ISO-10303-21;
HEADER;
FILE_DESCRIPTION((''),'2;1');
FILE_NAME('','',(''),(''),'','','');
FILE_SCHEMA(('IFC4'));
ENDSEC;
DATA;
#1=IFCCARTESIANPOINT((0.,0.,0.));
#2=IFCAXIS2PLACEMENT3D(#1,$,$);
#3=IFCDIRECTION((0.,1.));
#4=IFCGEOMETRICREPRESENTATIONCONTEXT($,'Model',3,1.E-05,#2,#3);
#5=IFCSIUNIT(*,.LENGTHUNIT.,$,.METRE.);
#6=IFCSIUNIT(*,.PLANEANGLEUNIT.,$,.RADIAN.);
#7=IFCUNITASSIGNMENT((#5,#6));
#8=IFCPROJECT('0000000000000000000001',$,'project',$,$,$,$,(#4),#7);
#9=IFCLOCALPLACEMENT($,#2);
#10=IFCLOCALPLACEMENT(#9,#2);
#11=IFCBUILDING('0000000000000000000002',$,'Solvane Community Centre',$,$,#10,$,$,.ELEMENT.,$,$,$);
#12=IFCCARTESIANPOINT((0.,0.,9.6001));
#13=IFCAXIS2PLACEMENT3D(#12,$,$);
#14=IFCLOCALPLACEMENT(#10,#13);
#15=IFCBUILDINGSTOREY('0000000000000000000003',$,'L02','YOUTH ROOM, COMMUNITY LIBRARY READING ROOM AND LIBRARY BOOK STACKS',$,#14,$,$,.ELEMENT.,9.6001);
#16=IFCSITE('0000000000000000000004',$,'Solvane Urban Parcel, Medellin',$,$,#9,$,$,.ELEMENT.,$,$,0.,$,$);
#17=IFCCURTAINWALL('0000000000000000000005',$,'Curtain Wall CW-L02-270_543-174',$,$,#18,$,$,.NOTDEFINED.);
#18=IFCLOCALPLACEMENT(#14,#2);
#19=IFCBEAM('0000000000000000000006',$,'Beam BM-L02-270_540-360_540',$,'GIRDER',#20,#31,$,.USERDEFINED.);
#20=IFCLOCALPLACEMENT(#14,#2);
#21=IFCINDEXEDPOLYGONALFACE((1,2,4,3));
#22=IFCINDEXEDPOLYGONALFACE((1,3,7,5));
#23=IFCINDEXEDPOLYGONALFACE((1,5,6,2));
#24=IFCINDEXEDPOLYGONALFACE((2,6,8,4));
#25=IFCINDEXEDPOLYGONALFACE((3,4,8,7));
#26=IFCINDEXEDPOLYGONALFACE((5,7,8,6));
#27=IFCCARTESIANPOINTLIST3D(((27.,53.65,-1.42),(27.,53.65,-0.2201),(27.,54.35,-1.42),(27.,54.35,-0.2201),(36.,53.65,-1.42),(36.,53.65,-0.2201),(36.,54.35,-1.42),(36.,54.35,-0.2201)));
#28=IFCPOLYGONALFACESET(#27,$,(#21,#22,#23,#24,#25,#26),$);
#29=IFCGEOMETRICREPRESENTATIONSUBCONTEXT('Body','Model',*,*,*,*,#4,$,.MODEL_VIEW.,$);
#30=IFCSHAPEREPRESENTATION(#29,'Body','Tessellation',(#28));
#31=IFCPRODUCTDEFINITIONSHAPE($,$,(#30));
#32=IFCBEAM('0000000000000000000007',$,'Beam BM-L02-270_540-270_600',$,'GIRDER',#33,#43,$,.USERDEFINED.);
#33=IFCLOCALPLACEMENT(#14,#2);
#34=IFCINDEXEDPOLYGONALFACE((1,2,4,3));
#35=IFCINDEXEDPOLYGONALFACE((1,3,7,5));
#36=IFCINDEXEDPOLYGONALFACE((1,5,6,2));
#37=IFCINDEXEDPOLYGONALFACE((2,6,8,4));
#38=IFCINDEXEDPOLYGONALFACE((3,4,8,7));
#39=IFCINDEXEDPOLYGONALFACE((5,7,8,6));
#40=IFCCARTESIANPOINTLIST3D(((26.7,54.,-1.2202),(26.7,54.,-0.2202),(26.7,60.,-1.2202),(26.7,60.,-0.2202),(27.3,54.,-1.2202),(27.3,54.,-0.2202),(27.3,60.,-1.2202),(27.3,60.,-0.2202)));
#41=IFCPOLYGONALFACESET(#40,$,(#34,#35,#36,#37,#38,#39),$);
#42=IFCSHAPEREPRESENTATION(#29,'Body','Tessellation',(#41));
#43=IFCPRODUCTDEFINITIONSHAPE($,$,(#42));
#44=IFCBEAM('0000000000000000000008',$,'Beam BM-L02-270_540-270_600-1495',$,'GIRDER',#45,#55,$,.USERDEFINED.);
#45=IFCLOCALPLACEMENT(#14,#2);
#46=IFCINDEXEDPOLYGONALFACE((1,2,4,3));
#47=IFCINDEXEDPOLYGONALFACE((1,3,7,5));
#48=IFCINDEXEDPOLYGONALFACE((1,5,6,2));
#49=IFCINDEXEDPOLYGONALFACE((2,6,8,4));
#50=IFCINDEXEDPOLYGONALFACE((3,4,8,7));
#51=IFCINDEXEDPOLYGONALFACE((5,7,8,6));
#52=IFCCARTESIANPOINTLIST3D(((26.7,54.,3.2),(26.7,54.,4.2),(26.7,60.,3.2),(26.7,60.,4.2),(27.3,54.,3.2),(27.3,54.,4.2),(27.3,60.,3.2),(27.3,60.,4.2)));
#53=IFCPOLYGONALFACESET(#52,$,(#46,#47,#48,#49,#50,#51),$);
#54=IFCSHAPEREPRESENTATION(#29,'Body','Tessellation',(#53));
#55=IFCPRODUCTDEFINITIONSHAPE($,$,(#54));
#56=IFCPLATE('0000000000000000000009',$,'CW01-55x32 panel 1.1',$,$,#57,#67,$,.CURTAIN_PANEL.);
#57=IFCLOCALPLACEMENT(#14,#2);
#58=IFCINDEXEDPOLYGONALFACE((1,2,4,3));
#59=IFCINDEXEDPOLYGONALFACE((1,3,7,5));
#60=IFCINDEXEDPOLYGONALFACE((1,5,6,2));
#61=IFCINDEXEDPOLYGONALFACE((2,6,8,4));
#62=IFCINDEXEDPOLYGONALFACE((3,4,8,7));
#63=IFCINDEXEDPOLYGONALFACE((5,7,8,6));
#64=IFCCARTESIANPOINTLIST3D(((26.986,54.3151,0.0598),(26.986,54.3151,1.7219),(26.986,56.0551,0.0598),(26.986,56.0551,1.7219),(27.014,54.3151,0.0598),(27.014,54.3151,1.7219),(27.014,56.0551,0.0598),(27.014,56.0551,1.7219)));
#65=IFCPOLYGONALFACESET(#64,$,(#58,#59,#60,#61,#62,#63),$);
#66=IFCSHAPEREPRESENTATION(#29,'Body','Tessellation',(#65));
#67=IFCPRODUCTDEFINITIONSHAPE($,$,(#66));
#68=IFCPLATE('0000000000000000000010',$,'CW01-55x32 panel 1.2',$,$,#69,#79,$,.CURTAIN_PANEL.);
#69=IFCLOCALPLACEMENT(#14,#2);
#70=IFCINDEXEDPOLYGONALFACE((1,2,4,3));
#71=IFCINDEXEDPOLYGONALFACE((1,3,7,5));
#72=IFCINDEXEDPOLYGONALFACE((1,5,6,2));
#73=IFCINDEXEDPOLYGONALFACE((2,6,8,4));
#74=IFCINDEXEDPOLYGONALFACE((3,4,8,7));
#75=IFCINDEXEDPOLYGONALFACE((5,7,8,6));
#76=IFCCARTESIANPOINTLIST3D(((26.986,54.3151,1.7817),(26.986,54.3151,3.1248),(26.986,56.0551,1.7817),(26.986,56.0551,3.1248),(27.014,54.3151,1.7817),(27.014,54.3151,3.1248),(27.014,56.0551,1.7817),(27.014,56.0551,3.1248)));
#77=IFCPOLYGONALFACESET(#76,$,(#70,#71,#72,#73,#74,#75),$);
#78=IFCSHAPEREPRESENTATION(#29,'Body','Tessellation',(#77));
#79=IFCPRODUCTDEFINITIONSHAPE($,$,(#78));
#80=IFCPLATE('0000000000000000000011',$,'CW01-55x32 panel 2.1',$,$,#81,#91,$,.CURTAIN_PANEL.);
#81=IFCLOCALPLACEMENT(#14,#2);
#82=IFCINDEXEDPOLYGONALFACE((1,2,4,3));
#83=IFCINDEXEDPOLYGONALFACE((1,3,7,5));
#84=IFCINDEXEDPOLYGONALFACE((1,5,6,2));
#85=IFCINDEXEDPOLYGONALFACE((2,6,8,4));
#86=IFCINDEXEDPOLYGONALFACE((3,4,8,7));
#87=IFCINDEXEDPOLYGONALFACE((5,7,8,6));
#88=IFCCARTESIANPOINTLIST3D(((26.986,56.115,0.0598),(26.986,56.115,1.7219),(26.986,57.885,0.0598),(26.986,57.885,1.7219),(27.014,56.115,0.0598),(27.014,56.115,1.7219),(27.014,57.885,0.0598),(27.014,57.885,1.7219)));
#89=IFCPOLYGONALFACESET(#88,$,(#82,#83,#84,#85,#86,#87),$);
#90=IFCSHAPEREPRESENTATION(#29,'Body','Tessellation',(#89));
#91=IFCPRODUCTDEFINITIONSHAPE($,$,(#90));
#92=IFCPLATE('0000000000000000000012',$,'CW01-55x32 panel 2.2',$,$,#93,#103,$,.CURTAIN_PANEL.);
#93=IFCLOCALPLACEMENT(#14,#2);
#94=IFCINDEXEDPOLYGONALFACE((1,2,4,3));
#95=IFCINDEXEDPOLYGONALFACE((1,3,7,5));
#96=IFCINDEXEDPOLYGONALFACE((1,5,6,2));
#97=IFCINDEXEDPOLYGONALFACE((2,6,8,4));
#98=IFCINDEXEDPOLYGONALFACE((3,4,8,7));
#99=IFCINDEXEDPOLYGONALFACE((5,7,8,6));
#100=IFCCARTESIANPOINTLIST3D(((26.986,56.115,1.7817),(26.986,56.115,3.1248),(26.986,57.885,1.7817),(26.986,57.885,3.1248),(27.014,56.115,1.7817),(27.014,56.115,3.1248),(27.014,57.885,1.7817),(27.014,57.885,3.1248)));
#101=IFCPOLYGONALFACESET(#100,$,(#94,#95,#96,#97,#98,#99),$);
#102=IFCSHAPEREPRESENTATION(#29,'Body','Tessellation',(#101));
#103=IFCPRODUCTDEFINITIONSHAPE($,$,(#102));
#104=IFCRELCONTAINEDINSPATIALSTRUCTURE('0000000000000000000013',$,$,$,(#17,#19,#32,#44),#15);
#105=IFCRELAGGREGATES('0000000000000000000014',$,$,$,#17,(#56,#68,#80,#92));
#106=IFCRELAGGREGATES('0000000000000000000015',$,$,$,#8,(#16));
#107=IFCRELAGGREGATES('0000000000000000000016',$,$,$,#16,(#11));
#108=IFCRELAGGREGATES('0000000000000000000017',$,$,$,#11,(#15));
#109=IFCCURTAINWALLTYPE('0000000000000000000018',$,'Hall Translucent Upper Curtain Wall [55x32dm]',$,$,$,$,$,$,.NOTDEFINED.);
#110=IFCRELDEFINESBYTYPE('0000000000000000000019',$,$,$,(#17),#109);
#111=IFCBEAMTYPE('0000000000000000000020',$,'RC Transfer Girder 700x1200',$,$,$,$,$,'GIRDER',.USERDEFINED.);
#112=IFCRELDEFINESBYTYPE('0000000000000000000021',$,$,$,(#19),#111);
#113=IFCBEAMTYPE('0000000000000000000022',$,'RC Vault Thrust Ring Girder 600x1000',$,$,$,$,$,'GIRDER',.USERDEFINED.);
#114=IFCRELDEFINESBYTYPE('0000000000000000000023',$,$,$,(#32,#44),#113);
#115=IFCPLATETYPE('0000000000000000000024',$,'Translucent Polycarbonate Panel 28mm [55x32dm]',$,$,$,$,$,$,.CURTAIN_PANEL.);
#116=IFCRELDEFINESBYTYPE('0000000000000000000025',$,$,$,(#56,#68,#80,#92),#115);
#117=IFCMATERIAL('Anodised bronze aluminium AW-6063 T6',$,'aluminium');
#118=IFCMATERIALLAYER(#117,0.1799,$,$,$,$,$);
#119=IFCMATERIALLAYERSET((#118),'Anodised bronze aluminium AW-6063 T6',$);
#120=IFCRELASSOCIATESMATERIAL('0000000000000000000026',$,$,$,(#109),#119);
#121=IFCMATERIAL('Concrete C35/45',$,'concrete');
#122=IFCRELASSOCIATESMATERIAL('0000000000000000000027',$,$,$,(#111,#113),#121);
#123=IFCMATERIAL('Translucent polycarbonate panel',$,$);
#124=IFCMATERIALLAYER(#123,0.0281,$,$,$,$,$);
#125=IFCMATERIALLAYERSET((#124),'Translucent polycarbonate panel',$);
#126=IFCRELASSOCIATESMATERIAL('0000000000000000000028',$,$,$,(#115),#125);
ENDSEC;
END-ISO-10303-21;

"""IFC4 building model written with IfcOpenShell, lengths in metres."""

from ifc_helpers import new_model, si_unit, direction, frame, origin, origin_2d, place, context, subcontext, project, spatial, rectangle, extrude, material, layer, layer_set, material_profile, profile_set, type_object, element, aggregate, save


model = new_model("IFC4")

# Units and contexts
model_context = context("Model", 3, precision=1e-05, world=origin(), true_north=direction((0.0, 1.0)))
body_context = subcontext(model_context, "Body", "Model", "MODEL_VIEW")
ifc_project = project(units=[si_unit("LENGTHUNIT", "METRE"), si_unit("PLANEANGLEUNIT", "RADIAN")], contexts=[model_context])

# Site, building, storey
site_placement = place(None, origin())
site = spatial("IfcSite", under=ifc_project, at=site_placement, Name="Solvane Urban Parcel, Medellin", CompositionType="ELEMENT", RefElevation=0.0)
building_placement = place(site_placement, origin())
building = spatial("IfcBuilding", under=site, at=building_placement, Name="Solvane Community Centre", CompositionType="ELEMENT")
storey_placement = place(building_placement, frame((0.0, 0.0, 9.6001)))
storey = spatial("IfcBuildingStorey", under=building, at=storey_placement, Name="L02", Description="YOUTH ROOM, COMMUNITY LIBRARY READING ROOM AND LIBRARY BOOK STACKS", CompositionType="ELEMENT", Elevation=9.6001)

# Curtain wall
ifc_material_1 = material(Name="Anodised bronze aluminium AW-6063 T6", Category="aluminium")
ifc_layer_1 = layer(ifc_material_1, 0.1799)
ifc_layer_set_1 = layer_set([ifc_layer_1], Name="Anodised bronze aluminium AW-6063 T6")
curtain_wall_type = type_object("IfcCurtainWallType", Name="Hall Translucent Upper Curtain Wall [55x32dm]", PredefinedType="NOTDEFINED", material=ifc_layer_set_1)
curtain_wall_placement = place(storey_placement, origin())
curtain_wall = element("IfcCurtainWall", 1, at=curtain_wall_placement, inside=storey, type_object=curtain_wall_type, Name="Curtain Wall CW-L02-270_543-174", PredefinedType="NOTDEFINED")

# Beams
ifc_material_2 = material(Name="Concrete C35/45", Category="concrete")
ifc_material_profile_1 = material_profile(ifc_material_2, rectangle(XDim=0.7, YDim=1.2, at=origin_2d()), Name="RC 700x1200")
ifc_profile_set_1 = profile_set([ifc_material_profile_1], Name="Concrete C35/45")
beam_type_1 = type_object("IfcBeamType", Name="RC Transfer Girder 700x1200", ElementType="GIRDER", PredefinedType="USERDEFINED", material=ifc_profile_set_1)
beam_1_placement = place(storey_placement, frame((27.0, 54.0, -0.8201), z_axis=(1.0, 0.0, 0.0), x_axis=(0.0, 1.0, 0.0)))
element("IfcBeam", 2, at=beam_1_placement, inside=storey, type_object=beam_type_1, Name="Beam BM-L02-270_540-360_540", ObjectType="GIRDER", PredefinedType="USERDEFINED", context=body_context, shape_type="SweptSolid", body=[
    extrude(rectangle(XDim=0.7, YDim=1.2, at=origin_2d()), origin(), (0.0, 0.0, 1.0), 9.0),
])
ifc_material_profile_2 = material_profile(ifc_material_2, rectangle(XDim=0.6001, YDim=1.0, at=origin_2d()), Name="RC 600x1000")
ifc_profile_set_2 = profile_set([ifc_material_profile_2], Name="Concrete C35/45")
beam_type_2 = type_object("IfcBeamType", Name="RC Vault Thrust Ring Girder 600x1000", ElementType="GIRDER", PredefinedType="USERDEFINED", material=ifc_profile_set_2)
for number, where, z_axis, x_axis, name in (
    (3, (27.0, 54.0, -0.7202), (0.0, 1.0, 0.0), (-1.0, 0.0, 0.0), "Beam BM-L02-270_540-270_600"),
    (4, (27.0, 54.0, 3.7), (0.0, 1.0, 0.0), (-1.0, 0.0, 0.0), "Beam BM-L02-270_540-270_600-1495"),
):
    element("IfcBeam", number, at=place(storey_placement, frame(where, z_axis=z_axis, x_axis=x_axis)), inside=storey, type_object=beam_type_2, Name=name, ObjectType="GIRDER", PredefinedType="USERDEFINED", context=body_context, shape_type="SweptSolid", body=[
        extrude(rectangle(XDim=0.6001, YDim=1.0, at=origin_2d()), origin(), (0.0, 0.0, 1.0), 6.0),
    ])

# Plates
ifc_material_3 = material(Name="Translucent polycarbonate panel")
ifc_layer_2 = layer(ifc_material_3, 0.0281)
ifc_layer_set_2 = layer_set([ifc_layer_2], Name="Translucent polycarbonate panel")
plate_type = type_object("IfcPlateType", Name="Translucent Polycarbonate Panel 28mm [55x32dm]", PredefinedType="CURTAIN_PANEL", material=ifc_layer_set_2)
plate_1_placement = place(storey_placement, frame((27.0, 55.1851, 0.0598), z_axis=(0.0, 0.0, 1.0), x_axis=(0.0, 1.0, 0.0)))
plate_1 = element("IfcPlate", 5, at=plate_1_placement, type_object=plate_type, Name="CW01-55x32 panel 1.1", PredefinedType="CURTAIN_PANEL", context=body_context, shape_type="SweptSolid", body=[
    extrude(rectangle(XDim=1.74, YDim=0.0281, at=origin_2d()), origin(), (0.0, 0.0, 1.0), 1.6621),
])
plate_2_placement = place(storey_placement, frame((27.0, 55.1851, 1.7817), z_axis=(0.0, 0.0, 1.0), x_axis=(0.0, 1.0, 0.0)))
plate_2 = element("IfcPlate", 6, at=plate_2_placement, type_object=plate_type, Name="CW01-55x32 panel 1.2", PredefinedType="CURTAIN_PANEL", context=body_context, shape_type="SweptSolid", body=[
    extrude(rectangle(XDim=1.74, YDim=0.0281, at=origin_2d()), origin(), (0.0, 0.0, 1.0), 1.343),
])
plate_3_placement = place(storey_placement, frame((27.0, 57.0, 0.0598), z_axis=(0.0, 0.0, 1.0), x_axis=(0.0, 1.0, 0.0)))
plate_3 = element("IfcPlate", 7, at=plate_3_placement, type_object=plate_type, Name="CW01-55x32 panel 2.1", PredefinedType="CURTAIN_PANEL", context=body_context, shape_type="SweptSolid", body=[
    extrude(rectangle(XDim=1.77, YDim=0.0281, at=origin_2d()), origin(), (0.0, 0.0, 1.0), 1.6621),
])
plate_4_placement = place(storey_placement, frame((27.0, 57.0, 1.7817), z_axis=(0.0, 0.0, 1.0), x_axis=(0.0, 1.0, 0.0)))
plate_4 = element("IfcPlate", 8, at=plate_4_placement, type_object=plate_type, Name="CW01-55x32 panel 2.2", PredefinedType="CURTAIN_PANEL", context=body_context, shape_type="SweptSolid", body=[
    extrude(rectangle(XDim=1.77, YDim=0.0281, at=origin_2d()), origin(), (0.0, 0.0, 1.0), 1.343),
])
aggregate(curtain_wall, [plate_1, plate_2, plate_3, plate_4])

save(model, "model.ifc")
